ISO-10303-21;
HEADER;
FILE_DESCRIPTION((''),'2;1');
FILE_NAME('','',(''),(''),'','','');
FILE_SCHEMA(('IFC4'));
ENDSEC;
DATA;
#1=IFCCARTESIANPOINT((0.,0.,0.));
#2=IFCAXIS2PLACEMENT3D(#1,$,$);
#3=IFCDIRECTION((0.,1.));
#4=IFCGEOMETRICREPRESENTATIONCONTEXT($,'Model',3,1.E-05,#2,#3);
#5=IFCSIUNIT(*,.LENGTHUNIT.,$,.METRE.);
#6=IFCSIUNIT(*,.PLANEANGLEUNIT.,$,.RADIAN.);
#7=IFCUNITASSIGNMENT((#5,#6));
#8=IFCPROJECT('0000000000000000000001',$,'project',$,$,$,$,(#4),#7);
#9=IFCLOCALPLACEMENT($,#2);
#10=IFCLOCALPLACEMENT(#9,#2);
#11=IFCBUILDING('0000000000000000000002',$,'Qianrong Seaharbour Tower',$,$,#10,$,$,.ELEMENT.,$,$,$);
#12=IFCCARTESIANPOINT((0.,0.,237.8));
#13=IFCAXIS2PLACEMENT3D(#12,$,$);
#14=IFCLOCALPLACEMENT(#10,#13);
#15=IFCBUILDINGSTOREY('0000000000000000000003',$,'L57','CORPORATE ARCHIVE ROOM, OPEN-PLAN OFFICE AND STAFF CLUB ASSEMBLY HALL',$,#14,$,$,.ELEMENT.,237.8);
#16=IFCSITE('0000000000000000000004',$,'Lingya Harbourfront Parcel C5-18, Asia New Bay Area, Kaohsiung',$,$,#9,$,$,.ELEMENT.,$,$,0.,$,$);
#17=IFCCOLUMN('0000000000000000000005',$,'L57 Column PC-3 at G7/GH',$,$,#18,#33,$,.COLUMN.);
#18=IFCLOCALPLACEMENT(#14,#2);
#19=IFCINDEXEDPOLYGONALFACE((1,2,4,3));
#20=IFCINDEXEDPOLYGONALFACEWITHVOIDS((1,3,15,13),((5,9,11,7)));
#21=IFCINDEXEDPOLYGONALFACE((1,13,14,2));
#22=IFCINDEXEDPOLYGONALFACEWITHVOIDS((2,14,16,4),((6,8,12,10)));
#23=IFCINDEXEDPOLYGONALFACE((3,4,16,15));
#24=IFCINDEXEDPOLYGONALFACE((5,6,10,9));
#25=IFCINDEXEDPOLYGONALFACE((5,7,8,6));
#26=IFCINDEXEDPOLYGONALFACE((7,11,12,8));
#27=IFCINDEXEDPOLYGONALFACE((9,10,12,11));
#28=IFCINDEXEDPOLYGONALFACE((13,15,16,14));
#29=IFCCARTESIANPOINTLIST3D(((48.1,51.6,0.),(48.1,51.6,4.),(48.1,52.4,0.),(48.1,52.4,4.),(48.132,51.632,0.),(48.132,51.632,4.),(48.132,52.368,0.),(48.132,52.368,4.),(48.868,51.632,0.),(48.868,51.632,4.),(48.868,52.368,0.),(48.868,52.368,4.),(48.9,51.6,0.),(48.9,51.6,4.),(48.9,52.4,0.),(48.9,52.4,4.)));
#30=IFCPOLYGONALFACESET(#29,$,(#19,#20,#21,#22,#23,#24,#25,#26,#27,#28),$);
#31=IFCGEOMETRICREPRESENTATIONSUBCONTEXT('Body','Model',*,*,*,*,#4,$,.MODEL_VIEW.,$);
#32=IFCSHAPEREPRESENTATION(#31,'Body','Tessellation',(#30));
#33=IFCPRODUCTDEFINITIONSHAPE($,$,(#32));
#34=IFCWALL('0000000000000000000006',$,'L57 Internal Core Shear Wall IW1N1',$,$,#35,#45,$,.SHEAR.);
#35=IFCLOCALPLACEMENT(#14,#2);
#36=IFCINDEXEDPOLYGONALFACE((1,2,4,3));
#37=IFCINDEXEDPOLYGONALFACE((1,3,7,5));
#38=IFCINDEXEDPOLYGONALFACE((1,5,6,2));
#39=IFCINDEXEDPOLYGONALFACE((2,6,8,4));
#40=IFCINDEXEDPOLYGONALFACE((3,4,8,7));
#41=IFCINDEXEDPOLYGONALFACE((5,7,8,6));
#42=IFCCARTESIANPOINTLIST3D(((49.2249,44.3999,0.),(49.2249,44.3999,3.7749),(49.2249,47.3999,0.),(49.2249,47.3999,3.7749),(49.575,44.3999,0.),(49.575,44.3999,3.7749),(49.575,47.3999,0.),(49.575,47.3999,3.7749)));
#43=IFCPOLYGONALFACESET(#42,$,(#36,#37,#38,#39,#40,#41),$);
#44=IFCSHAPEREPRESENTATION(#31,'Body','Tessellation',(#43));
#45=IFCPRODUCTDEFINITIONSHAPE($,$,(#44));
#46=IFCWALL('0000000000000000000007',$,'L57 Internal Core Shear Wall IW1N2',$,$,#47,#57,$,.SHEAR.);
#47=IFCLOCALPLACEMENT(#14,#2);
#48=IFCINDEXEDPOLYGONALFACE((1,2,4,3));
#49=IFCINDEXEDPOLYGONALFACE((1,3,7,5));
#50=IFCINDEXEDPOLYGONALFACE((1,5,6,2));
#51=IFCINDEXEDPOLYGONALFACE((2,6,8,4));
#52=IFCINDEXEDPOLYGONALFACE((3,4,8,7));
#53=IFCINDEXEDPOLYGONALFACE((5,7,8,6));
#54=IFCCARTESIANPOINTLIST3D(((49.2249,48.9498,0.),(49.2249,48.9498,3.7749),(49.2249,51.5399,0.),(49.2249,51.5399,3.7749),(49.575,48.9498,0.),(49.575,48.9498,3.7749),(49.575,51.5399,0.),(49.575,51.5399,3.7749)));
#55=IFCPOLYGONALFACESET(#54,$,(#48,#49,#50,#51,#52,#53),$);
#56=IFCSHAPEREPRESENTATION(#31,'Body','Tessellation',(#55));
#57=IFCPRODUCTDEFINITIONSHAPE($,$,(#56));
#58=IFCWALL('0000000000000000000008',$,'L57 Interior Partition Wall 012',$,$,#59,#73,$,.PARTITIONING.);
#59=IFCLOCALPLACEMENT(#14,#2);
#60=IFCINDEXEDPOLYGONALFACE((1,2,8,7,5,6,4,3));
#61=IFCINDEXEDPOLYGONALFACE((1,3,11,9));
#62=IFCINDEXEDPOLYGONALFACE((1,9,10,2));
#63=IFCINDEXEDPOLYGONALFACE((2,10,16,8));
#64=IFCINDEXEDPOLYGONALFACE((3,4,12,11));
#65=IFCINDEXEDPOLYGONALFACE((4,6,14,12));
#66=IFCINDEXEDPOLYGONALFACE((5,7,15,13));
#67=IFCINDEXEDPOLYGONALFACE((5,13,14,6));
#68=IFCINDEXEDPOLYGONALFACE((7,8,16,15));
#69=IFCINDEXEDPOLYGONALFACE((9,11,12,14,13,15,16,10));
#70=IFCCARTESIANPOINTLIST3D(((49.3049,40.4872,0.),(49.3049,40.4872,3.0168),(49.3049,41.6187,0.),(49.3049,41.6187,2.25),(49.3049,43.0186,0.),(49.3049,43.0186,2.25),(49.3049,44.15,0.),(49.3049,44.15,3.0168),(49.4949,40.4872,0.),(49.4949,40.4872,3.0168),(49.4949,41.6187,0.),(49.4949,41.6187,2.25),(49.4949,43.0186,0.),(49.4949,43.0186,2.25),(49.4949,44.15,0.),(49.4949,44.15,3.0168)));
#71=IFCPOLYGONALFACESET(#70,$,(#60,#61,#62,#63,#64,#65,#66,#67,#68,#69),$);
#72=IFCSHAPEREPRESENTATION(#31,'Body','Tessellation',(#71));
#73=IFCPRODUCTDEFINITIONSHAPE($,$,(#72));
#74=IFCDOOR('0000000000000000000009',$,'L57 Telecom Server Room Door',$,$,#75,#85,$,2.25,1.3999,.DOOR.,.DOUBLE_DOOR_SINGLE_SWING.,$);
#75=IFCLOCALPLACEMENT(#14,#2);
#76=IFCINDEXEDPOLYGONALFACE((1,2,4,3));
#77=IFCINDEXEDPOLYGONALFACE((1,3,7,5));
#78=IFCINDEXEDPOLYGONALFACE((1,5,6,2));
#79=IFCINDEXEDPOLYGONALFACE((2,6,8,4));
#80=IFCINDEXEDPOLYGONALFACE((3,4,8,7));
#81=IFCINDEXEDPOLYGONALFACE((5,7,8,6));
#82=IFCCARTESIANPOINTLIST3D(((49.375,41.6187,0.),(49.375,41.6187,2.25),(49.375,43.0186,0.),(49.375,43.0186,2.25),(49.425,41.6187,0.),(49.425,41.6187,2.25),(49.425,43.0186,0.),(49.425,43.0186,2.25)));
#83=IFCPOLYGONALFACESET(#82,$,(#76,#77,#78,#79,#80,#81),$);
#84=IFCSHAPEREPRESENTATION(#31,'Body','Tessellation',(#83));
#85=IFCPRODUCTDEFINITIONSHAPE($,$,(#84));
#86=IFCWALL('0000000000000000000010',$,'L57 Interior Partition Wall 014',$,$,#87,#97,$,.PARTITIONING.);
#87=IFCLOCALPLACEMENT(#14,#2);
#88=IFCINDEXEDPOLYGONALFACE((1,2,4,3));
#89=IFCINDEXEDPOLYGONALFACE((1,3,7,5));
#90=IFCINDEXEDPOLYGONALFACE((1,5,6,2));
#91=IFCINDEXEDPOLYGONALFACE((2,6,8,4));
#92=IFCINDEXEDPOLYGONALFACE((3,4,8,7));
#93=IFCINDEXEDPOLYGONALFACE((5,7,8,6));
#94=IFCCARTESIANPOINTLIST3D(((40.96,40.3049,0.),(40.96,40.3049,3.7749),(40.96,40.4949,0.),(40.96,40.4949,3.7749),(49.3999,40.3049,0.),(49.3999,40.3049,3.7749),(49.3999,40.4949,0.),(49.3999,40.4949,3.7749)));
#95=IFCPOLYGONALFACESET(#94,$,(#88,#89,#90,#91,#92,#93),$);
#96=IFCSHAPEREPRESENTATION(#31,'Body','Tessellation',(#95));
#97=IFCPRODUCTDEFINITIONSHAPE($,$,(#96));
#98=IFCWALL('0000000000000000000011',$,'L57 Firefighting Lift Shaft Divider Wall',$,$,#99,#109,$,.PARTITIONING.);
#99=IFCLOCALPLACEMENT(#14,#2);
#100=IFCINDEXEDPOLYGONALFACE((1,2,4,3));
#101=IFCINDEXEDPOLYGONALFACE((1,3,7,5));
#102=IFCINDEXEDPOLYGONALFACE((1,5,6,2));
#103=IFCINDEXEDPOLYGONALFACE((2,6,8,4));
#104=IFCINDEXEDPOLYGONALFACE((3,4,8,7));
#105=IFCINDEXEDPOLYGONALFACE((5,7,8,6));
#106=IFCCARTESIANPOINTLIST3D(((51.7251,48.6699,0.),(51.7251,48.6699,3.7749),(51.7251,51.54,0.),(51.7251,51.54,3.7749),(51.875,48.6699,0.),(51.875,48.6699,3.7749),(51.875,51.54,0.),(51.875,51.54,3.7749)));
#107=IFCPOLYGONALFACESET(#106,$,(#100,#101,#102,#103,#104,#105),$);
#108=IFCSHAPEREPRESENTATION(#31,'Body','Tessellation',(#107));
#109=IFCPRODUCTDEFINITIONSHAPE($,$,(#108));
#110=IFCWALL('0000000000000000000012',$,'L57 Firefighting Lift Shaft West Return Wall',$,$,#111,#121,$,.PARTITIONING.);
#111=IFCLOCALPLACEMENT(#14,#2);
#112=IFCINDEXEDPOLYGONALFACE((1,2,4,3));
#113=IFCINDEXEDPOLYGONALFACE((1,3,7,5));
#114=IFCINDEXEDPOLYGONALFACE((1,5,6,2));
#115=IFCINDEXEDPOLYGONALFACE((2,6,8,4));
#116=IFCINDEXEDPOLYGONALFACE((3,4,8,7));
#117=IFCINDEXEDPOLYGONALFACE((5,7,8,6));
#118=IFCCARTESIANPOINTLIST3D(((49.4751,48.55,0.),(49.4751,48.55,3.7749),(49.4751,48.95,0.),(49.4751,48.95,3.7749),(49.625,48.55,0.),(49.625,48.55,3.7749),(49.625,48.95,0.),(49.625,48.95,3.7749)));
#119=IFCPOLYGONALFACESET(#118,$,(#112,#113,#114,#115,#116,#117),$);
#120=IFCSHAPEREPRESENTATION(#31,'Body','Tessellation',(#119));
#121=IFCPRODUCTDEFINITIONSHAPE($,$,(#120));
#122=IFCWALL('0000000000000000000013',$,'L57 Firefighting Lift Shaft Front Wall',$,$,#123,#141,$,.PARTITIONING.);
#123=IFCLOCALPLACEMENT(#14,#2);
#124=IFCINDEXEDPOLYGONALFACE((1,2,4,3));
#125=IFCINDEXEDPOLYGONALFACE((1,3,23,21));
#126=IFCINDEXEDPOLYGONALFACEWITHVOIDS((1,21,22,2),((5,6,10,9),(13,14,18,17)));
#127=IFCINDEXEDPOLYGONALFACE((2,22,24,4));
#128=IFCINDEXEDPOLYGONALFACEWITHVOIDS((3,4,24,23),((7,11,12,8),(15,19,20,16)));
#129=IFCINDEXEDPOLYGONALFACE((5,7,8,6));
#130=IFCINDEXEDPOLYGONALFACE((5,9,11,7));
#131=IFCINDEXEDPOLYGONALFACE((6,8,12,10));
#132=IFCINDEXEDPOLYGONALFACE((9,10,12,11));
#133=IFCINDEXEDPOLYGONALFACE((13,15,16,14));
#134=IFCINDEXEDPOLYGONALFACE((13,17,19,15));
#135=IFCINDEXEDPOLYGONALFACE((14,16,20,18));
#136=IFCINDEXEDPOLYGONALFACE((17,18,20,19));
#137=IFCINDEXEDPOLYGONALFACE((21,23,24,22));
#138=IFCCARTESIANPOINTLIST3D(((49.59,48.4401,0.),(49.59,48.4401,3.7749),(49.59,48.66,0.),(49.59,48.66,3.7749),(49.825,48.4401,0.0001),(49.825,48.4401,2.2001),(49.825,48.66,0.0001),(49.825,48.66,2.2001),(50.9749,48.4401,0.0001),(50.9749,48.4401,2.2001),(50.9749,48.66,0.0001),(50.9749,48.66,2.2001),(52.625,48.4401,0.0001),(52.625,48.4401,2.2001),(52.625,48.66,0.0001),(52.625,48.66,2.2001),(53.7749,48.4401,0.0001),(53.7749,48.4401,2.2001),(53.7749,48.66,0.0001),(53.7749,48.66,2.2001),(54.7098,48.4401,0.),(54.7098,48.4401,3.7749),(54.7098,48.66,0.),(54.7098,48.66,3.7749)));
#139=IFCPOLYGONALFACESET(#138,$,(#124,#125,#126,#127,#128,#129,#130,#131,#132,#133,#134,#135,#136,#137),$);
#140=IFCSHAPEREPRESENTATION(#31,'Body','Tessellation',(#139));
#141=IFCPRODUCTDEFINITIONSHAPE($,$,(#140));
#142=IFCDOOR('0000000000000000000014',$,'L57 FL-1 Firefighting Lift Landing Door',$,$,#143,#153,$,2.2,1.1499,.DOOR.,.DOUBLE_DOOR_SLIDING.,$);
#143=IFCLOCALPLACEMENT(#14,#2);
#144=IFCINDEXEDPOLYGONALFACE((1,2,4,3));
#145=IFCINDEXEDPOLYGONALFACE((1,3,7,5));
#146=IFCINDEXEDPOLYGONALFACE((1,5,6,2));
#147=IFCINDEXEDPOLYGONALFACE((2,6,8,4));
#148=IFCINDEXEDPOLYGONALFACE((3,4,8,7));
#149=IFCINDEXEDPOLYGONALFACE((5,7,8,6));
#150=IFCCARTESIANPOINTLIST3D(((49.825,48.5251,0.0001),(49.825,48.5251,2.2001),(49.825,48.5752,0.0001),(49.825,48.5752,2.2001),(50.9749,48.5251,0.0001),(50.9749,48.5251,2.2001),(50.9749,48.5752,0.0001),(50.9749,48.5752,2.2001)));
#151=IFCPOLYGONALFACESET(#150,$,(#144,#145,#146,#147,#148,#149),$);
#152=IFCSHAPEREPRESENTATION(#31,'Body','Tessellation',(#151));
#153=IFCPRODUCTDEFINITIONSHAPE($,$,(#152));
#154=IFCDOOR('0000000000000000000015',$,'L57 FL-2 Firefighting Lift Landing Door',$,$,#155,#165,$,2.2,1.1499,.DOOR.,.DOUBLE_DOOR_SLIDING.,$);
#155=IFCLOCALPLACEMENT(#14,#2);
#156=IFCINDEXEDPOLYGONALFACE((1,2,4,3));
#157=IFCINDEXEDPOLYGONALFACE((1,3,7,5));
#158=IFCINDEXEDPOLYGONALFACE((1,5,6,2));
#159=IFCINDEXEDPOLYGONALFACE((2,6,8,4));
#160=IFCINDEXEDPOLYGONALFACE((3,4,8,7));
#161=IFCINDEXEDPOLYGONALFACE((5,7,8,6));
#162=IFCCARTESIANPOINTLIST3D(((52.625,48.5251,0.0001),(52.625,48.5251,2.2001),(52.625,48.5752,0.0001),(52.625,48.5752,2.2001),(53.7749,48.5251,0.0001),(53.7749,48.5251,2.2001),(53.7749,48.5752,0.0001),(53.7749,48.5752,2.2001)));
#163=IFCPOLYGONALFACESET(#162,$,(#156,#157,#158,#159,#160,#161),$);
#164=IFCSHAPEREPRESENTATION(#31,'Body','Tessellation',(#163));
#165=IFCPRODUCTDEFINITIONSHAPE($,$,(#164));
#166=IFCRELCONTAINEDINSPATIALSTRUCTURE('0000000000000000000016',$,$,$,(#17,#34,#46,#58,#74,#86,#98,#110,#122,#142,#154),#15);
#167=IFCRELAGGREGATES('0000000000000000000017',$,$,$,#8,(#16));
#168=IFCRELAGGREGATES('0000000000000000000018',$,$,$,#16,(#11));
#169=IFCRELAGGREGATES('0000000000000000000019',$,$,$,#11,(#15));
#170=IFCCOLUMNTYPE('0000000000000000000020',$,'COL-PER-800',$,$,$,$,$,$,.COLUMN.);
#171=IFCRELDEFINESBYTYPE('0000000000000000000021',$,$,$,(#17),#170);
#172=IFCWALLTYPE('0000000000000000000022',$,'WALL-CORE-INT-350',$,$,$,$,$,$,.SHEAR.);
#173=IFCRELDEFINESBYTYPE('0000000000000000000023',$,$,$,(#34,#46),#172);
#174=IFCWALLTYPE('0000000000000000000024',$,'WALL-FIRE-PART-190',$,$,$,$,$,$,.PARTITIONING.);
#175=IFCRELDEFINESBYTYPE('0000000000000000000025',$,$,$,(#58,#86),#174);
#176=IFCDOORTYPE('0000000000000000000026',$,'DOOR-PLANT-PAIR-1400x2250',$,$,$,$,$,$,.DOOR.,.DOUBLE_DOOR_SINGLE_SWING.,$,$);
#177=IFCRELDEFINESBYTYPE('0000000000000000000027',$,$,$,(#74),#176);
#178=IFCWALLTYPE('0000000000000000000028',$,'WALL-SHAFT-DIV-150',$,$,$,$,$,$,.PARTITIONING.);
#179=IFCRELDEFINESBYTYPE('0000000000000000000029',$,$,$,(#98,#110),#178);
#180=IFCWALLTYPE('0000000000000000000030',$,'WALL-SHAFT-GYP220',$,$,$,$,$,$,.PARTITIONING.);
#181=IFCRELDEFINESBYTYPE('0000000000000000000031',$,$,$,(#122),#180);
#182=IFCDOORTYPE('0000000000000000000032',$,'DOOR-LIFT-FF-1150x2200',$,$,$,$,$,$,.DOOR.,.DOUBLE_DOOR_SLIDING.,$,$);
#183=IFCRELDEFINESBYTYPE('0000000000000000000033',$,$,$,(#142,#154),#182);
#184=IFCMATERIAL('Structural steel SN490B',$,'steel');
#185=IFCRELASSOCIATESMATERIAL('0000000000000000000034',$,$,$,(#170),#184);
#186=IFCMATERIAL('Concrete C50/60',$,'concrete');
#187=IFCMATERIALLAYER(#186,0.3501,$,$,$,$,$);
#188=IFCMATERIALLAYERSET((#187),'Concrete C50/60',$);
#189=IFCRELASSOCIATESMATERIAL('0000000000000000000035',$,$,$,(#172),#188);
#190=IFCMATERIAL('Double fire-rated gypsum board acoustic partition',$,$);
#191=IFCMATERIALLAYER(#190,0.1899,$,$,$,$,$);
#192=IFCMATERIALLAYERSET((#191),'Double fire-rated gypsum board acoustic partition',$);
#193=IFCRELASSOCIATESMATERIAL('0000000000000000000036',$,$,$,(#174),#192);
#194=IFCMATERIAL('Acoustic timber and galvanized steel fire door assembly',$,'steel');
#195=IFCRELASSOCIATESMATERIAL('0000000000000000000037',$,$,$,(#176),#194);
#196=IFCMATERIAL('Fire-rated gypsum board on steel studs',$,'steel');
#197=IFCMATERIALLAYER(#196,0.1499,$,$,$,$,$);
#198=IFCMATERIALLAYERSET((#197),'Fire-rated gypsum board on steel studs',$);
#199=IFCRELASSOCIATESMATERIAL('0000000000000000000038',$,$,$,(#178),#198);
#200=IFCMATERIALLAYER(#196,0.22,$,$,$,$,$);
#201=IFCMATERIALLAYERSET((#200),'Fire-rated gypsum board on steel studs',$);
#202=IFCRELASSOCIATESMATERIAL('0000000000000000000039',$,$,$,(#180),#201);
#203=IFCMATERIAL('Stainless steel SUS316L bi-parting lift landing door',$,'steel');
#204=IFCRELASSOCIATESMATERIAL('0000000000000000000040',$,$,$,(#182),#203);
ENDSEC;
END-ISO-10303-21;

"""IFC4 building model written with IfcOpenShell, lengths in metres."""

from ifc_helpers import new_model, si_unit, direction, frame, frame_2d, origin, origin_2d, place, context, subcontext, project, spatial, rectangle, hollow_rectangle, extrude, material, layer, layer_set, material_profile, profile_set, type_object, element, fill, save


model = new_model("IFC4")

# Units and contexts
model_context = context("Model", 3, precision=1e-05, world=origin(), true_north=direction((0.0, 1.0)))
body_context = subcontext(model_context, "Body", "Model", "MODEL_VIEW")
ifc_project = project(units=[si_unit("LENGTHUNIT", "METRE"), si_unit("PLANEANGLEUNIT", "RADIAN")], contexts=[model_context])

# Site, building, storey
site_placement = place(None, origin())
site = spatial("IfcSite", under=ifc_project, at=site_placement, Name="Lingya Harbourfront Parcel C5-18, Asia New Bay Area, Kaohsiung", CompositionType="ELEMENT", RefElevation=0.0)
building_placement = place(site_placement, origin())
building = spatial("IfcBuilding", under=site, at=building_placement, Name="Qianrong Seaharbour Tower", CompositionType="ELEMENT")
storey_placement = place(building_placement, frame((0.0, 0.0, 237.8)))
storey = spatial("IfcBuildingStorey", under=building, at=storey_placement, Name="L57", Description="CORPORATE ARCHIVE ROOM, OPEN-PLAN OFFICE AND STAFF CLUB ASSEMBLY HALL", CompositionType="ELEMENT", Elevation=237.8)

# Column
ifc_material_1 = material(Name="Structural steel SN490B", Category="steel")
ifc_material_profile = material_profile(ifc_material_1, hollow_rectangle(XDim=0.8, YDim=0.8, WallThickness=0.032, at=origin_2d()), Name="BOX800x800x32")
ifc_profile_set = profile_set([ifc_material_profile], Name="Structural steel SN490B")
column_type = type_object("IfcColumnType", Name="COL-PER-800", PredefinedType="COLUMN", material=ifc_profile_set)
column_placement = place(storey_placement, frame((48.5, 52.0, 0.0), z_axis=(0.0, 0.0, 1.0), x_axis=(1.0, 0.0, 0.0)))
element("IfcColumn", 1, at=column_placement, inside=storey, type_object=column_type, Name="L57 Column PC-3 at G7/GH", PredefinedType="COLUMN", context=body_context, shape_type="SweptSolid", body=[
    extrude(hollow_rectangle(XDim=0.8, YDim=0.8, WallThickness=0.032, at=origin_2d()), origin(), (0.0, 0.0, 1.0), 4.0),
])

# Walls
ifc_material_2 = material(Name="Concrete C50/60", Category="concrete")
ifc_layer_1 = layer(ifc_material_2, 0.3501)
ifc_layer_set_1 = layer_set([ifc_layer_1], Name="Concrete C50/60")
wall_type_1 = type_object("IfcWallType", Name="WALL-CORE-INT-350", PredefinedType="SHEAR", material=ifc_layer_set_1)
wall_1_placement = place(storey_placement, frame((49.3999, 44.3999, 0.0), z_axis=(0.0, 0.0, 1.0), x_axis=(0.0, 1.0, 0.0)))
element("IfcWall", 2, at=wall_1_placement, inside=storey, type_object=wall_type_1, Name="L57 Internal Core Shear Wall IW1N1", PredefinedType="SHEAR", context=body_context, shape_type="SweptSolid", body=[
    extrude(rectangle(XDim=3.0, YDim=0.3501, at=frame_2d((1.5, 0.0))), origin(), (0.0, 0.0, 1.0), 3.7749),
])
wall_2_placement = place(storey_placement, frame((49.3999, 48.95, 0.0), z_axis=(0.0, 0.0, 1.0), x_axis=(0.0, 1.0, 0.0)))
element("IfcWall", 3, at=wall_2_placement, inside=storey, type_object=wall_type_1, Name="L57 Internal Core Shear Wall IW1N2", PredefinedType="SHEAR", context=body_context, shape_type="SweptSolid", body=[
    extrude(rectangle(XDim=2.5901, YDim=0.3501, at=frame_2d((1.2949, 0.0))), origin(), (0.0, 0.0, 1.0), 3.7749),
])

# Wall, opening, door
ifc_material_3 = material(Name="Acoustic timber and galvanized steel fire door assembly", Category="steel")
ifc_material_4 = material(Name="Double fire-rated gypsum board acoustic partition")
ifc_layer_2 = layer(ifc_material_4, 0.1899)
ifc_layer_set_2 = layer_set([ifc_layer_2], Name="Double fire-rated gypsum board acoustic partition")
wall_type_2 = type_object("IfcWallType", Name="WALL-FIRE-PART-190", PredefinedType="PARTITIONING", material=ifc_layer_set_2)
wall_3_placement = place(storey_placement, frame((49.3999, 40.4871, 0.0), z_axis=(0.0, 0.0, 1.0), x_axis=(0.0, 1.0, 0.0)))
wall_3 = element("IfcWall", 4, at=wall_3_placement, inside=storey, type_object=wall_type_2, Name="L57 Interior Partition Wall 012", PredefinedType="PARTITIONING", context=body_context, shape_type="SweptSolid", body=[
    extrude(rectangle(XDim=3.6628, YDim=0.1899, at=frame_2d((1.8315, 0.0))), origin(), (0.0, 0.0, 1.0), 3.0168),
])
opening_1_placement = place(wall_3_placement, frame((1.1316, 0.0, 0.0)))
opening_1 = element("IfcOpeningElement", 5, at=opening_1_placement, cuts=wall_3, PredefinedType="OPENING", context=body_context, shape_type="SweptSolid", body=[
    extrude(rectangle(XDim=1.3999, YDim=2.25, at=frame_2d((0.7, 1.125))), frame((0.0, 0.105, 0.0), z_axis=(0.0, -1.0, 0.0), x_axis=(1.0, 0.0, 0.0)), (0.0, 0.0, 1.0), 0.21),
])
door_type_1 = type_object("IfcDoorType", Name="DOOR-PLANT-PAIR-1400x2250", OperationType="DOUBLE_DOOR_SINGLE_SWING", PredefinedType="DOOR", material=ifc_material_3)
door_1_placement = place(opening_1_placement, origin())
door_1 = element("IfcDoor", 6, at=door_1_placement, inside=storey, type_object=door_type_1, Name="L57 Telecom Server Room Door", OperationType="DOUBLE_DOOR_SINGLE_SWING", OverallHeight=2.25, OverallWidth=1.3999, PredefinedType="DOOR", context=body_context, shape_type="SweptSolid", body=[
    extrude(rectangle(XDim=1.3999, YDim=2.25, at=frame_2d((0.7, 1.125))), frame((0.0, 0.0249, 0.0), z_axis=(0.0, -1.0, 0.0), x_axis=(1.0, 0.0, 0.0)), (0.0, 0.0, 1.0), 0.05),
])
fill(opening_1, door_1)

# Walls
wall_4_placement = place(storey_placement, frame((40.96, 40.3999, 0.0), z_axis=(0.0, 0.0, 1.0), x_axis=(1.0, 0.0, 0.0)))
element("IfcWall", 7, at=wall_4_placement, inside=storey, type_object=wall_type_2, Name="L57 Interior Partition Wall 014", PredefinedType="PARTITIONING", context=body_context, shape_type="SweptSolid", body=[
    extrude(rectangle(XDim=8.4399, YDim=0.1899, at=frame_2d((4.22, 0.0))), origin(), (0.0, 0.0, 1.0), 3.7749),
])
ifc_material_5 = material(Name="Fire-rated gypsum board on steel studs", Category="steel")
ifc_layer_3 = layer(ifc_material_5, 0.1499)
ifc_layer_set_3 = layer_set([ifc_layer_3], Name="Fire-rated gypsum board on steel studs")
wall_type_3 = type_object("IfcWallType", Name="WALL-SHAFT-DIV-150", PredefinedType="PARTITIONING", material=ifc_layer_set_3)
wall_5_placement = place(storey_placement, frame((51.8, 48.6699, 0.0), z_axis=(0.0, 0.0, 1.0), x_axis=(0.0, 1.0, 0.0)))
element("IfcWall", 8, at=wall_5_placement, inside=storey, type_object=wall_type_3, Name="L57 Firefighting Lift Shaft Divider Wall", PredefinedType="PARTITIONING", context=body_context, shape_type="SweptSolid", body=[
    extrude(rectangle(XDim=2.8701, YDim=0.1499, at=frame_2d((1.4351, 0.0))), origin(), (0.0, 0.0, 1.0), 3.7749),
])
wall_6_placement = place(storey_placement, frame((49.55, 48.55, 0.0), z_axis=(0.0, 0.0, 1.0), x_axis=(0.0, 1.0, 0.0)))
element("IfcWall", 9, at=wall_6_placement, inside=storey, type_object=wall_type_3, Name="L57 Firefighting Lift Shaft West Return Wall", PredefinedType="PARTITIONING", context=body_context, shape_type="SweptSolid", body=[
    extrude(rectangle(XDim=0.3999, YDim=0.1499, at=frame_2d((0.2, 0.0))), origin(), (0.0, 0.0, 1.0), 3.7749),
])

# Wall, openings, doors
ifc_layer_4 = layer(ifc_material_5, 0.22)
ifc_layer_set_4 = layer_set([ifc_layer_4], Name="Fire-rated gypsum board on steel studs")
wall_type_4 = type_object("IfcWallType", Name="WALL-SHAFT-GYP220", PredefinedType="PARTITIONING", material=ifc_layer_set_4)
wall_7_placement = place(storey_placement, frame((54.71, 48.55, 0.0), z_axis=(0.0, 0.0, 1.0), x_axis=(-1.0, 0.0, 0.0)))
wall_7 = element("IfcWall", 10, at=wall_7_placement, inside=storey, type_object=wall_type_4, Name="L57 Firefighting Lift Shaft Front Wall", PredefinedType="PARTITIONING", context=body_context, shape_type="SweptSolid", body=[
    extrude(rectangle(XDim=5.1199, YDim=0.22, at=frame_2d((2.5601, 0.0))), origin(), (0.0, 0.0, 1.0), 3.7749),
])
opening_2_placement = place(wall_7_placement, frame((3.7351, 0.0, 0.0)))
opening_2 = element("IfcOpeningElement", 11, at=opening_2_placement, cuts=wall_7, PredefinedType="OPENING", context=body_context, shape_type="SweptSolid", body=[
    extrude(rectangle(XDim=1.1499, YDim=2.2, at=frame_2d((0.575, 1.1001))), frame((0.0, 0.1201, 0.0), z_axis=(0.0, -1.0, 0.0), x_axis=(1.0, 0.0, 0.0)), (0.0, 0.0, 1.0), 0.24),
])
opening_3_placement = place(wall_7_placement, frame((0.9351, 0.0, 0.0)))
opening_3 = element("IfcOpeningElement", 12, at=opening_3_placement, cuts=wall_7, PredefinedType="OPENING", context=body_context, shape_type="SweptSolid", body=[
    extrude(rectangle(XDim=1.1499, YDim=2.2, at=frame_2d((0.575, 1.1001))), frame((0.0, 0.1201, 0.0), z_axis=(0.0, -1.0, 0.0), x_axis=(1.0, 0.0, 0.0)), (0.0, 0.0, 1.0), 0.24),
])
ifc_material_6 = material(Name="Stainless steel SUS316L bi-parting lift landing door", Category="steel")
door_type_2 = type_object("IfcDoorType", Name="DOOR-LIFT-FF-1150x2200", OperationType="DOUBLE_DOOR_SLIDING", PredefinedType="DOOR", material=ifc_material_6)
door_2_placement = place(opening_2_placement, origin())
door_2 = element("IfcDoor", 13, at=door_2_placement, inside=storey, type_object=door_type_2, Name="L57 FL-1 Firefighting Lift Landing Door", OperationType="DOUBLE_DOOR_SLIDING", OverallHeight=2.2, OverallWidth=1.1499, PredefinedType="DOOR", context=body_context, shape_type="SweptSolid", body=[
    extrude(rectangle(XDim=1.1499, YDim=2.2, at=frame_2d((0.575, 1.1001))), frame((0.0, 0.0249, 0.0), z_axis=(0.0, -1.0, 0.0), x_axis=(1.0, 0.0, 0.0)), (0.0, 0.0, 1.0), 0.05),
])
fill(opening_2, door_2)
door_3_placement = place(opening_3_placement, origin())
door_3 = element("IfcDoor", 14, at=door_3_placement, inside=storey, type_object=door_type_2, Name="L57 FL-2 Firefighting Lift Landing Door", OperationType="DOUBLE_DOOR_SLIDING", OverallHeight=2.2, OverallWidth=1.1499, PredefinedType="DOOR", context=body_context, shape_type="SweptSolid", body=[
    extrude(rectangle(XDim=1.1499, YDim=2.2, at=frame_2d((0.575, 1.1001))), frame((0.0, 0.0249, 0.0), z_axis=(0.0, -1.0, 0.0), x_axis=(1.0, 0.0, 0.0)), (0.0, 0.0, 1.0), 0.05),
])
fill(opening_3, door_3)

save(model, "model.ifc")
